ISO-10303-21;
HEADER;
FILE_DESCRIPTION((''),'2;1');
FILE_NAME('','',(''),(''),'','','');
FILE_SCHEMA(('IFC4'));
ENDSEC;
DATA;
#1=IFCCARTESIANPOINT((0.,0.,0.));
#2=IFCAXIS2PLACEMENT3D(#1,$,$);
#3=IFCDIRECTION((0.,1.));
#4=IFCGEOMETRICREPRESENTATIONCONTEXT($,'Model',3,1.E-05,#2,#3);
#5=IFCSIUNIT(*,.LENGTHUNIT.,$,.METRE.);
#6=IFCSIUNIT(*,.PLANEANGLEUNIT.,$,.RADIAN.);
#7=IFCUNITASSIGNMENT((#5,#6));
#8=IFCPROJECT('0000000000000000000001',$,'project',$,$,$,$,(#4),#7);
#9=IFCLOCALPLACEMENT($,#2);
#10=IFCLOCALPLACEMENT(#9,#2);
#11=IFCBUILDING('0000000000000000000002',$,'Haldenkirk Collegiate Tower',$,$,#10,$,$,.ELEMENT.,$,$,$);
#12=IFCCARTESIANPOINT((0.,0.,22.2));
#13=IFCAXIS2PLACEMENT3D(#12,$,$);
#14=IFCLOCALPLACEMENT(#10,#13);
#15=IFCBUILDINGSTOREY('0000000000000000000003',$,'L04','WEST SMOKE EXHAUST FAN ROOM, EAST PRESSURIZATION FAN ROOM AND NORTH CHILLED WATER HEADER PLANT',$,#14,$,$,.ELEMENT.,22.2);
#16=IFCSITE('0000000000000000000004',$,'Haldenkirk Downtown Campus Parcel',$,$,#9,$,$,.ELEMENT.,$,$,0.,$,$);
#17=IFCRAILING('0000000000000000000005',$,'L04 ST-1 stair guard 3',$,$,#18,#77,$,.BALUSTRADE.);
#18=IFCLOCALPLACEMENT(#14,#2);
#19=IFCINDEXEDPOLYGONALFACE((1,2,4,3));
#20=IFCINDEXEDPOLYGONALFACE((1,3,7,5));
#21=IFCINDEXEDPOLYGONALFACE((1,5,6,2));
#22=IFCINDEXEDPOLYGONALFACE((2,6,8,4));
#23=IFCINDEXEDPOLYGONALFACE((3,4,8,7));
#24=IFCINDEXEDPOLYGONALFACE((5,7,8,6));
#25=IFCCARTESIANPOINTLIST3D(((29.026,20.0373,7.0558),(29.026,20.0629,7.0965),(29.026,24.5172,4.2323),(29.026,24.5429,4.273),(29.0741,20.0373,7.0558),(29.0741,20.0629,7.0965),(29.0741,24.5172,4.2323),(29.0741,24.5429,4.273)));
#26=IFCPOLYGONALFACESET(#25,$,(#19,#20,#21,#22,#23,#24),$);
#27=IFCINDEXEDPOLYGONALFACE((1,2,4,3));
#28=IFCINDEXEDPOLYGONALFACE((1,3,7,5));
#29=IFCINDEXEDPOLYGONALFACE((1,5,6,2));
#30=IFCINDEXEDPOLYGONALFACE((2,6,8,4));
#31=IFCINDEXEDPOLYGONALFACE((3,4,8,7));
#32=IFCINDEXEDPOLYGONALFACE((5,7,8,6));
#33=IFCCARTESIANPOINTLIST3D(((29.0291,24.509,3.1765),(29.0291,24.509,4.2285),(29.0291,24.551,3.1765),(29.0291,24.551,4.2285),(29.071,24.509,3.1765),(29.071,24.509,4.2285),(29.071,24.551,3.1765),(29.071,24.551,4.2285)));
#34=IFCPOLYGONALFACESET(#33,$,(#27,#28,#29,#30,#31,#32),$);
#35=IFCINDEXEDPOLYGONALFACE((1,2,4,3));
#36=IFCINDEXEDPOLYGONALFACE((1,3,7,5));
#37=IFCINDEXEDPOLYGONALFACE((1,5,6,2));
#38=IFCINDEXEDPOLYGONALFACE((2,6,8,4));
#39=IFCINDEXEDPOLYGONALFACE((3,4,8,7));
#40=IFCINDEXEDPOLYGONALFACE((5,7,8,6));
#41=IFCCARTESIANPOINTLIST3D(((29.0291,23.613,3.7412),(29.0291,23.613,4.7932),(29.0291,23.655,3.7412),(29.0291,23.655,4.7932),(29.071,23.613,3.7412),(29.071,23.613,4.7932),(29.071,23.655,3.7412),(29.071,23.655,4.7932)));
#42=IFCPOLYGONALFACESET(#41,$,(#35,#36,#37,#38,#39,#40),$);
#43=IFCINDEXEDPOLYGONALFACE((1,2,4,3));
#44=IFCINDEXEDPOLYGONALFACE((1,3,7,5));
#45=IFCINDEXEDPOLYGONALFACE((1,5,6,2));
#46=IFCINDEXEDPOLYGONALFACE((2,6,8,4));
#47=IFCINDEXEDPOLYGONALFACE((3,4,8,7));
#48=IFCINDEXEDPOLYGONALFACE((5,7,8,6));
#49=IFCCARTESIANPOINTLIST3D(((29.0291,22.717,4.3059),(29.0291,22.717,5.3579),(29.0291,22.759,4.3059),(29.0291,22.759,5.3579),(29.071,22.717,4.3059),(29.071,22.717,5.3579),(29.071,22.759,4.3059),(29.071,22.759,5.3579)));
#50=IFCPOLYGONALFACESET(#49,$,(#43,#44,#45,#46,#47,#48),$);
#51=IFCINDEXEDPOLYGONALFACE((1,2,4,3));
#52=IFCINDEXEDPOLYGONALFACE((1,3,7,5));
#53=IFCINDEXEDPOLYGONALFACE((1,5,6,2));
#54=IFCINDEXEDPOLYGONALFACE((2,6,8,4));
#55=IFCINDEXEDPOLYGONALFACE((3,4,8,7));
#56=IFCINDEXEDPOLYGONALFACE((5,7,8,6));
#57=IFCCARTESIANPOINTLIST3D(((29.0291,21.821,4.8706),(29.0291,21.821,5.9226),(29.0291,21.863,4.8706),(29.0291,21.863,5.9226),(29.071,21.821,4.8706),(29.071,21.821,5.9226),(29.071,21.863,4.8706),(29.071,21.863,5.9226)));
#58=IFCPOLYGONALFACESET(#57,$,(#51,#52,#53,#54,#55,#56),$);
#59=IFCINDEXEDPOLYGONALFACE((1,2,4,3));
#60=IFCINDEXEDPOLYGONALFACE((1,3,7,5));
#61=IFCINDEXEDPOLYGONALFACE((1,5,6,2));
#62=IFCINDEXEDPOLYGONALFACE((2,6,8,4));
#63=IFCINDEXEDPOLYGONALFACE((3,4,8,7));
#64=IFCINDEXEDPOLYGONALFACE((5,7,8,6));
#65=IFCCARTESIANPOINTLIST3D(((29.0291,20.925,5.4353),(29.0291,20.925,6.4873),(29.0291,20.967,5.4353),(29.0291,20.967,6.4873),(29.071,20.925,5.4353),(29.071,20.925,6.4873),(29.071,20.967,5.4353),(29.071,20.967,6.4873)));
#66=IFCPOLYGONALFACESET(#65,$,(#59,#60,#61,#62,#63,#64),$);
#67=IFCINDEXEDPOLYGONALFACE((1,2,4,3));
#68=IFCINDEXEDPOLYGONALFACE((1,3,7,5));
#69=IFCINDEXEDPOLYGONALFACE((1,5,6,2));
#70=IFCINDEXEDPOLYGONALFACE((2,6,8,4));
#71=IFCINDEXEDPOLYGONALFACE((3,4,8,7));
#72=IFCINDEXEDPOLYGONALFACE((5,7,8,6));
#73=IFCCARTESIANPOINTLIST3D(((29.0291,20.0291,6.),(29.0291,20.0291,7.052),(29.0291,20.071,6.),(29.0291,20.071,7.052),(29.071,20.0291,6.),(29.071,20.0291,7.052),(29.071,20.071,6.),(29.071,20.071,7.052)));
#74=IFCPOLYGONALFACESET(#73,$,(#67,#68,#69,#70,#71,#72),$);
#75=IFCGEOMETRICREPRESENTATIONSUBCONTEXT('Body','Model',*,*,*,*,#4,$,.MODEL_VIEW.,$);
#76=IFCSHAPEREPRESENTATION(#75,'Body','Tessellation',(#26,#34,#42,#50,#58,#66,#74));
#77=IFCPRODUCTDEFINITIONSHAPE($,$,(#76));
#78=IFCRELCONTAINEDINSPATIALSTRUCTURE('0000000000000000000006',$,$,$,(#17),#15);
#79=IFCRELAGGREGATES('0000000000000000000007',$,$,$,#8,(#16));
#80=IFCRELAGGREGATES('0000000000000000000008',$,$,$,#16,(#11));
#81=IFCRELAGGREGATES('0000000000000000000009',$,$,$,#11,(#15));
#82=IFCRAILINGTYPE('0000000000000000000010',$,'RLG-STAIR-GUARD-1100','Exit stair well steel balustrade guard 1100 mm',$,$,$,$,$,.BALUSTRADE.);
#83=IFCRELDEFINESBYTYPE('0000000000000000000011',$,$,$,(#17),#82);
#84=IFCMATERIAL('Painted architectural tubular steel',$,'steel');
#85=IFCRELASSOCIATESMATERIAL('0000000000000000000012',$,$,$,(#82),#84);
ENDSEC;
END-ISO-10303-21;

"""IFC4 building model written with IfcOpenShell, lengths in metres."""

from ifc_helpers import new_model, si_unit, direction, frame, origin, origin_2d, place, context, subcontext, project, spatial, rectangle, extrude, material, type_object, element, save


model = new_model("IFC4")

# Units and contexts
model_context = context("Model", 3, precision=1e-05, world=origin(), true_north=direction((0.0, 1.0)))
body_context = subcontext(model_context, "Body", "Model", "MODEL_VIEW")
ifc_project = project(units=[si_unit("LENGTHUNIT", "METRE"), si_unit("PLANEANGLEUNIT", "RADIAN")], contexts=[model_context])

# Site, building, storey
site_placement = place(None, origin())
site = spatial("IfcSite", under=ifc_project, at=site_placement, Name="Haldenkirk Downtown Campus Parcel", CompositionType="ELEMENT", RefElevation=0.0)
building_placement = place(site_placement, origin())
building = spatial("IfcBuilding", under=site, at=building_placement, Name="Haldenkirk Collegiate Tower", CompositionType="ELEMENT")
storey_placement = place(building_placement, frame((0.0, 0.0, 22.2)))
storey = spatial("IfcBuildingStorey", under=building, at=storey_placement, Name="L04", Description="WEST SMOKE EXHAUST FAN ROOM, EAST PRESSURIZATION FAN ROOM AND NORTH CHILLED WATER HEADER PLANT", CompositionType="ELEMENT", Elevation=22.2)

# Railing
ifc_material_1 = material(Name="Painted architectural tubular steel", Category="steel")
railing_type = type_object("IfcRailingType", Name="RLG-STAIR-GUARD-1100", Description="Exit stair well steel balustrade guard 1100 mm", PredefinedType="BALUSTRADE", material=ifc_material_1)
railing_1_placement = place(storey_placement, frame((29.05, 24.53, 3.1765)))
element("IfcRailing", 1, at=railing_1_placement, inside=storey, type_object=railing_type, Name="L04 ST-1 stair guard 3", PredefinedType="BALUSTRADE", context=body_context, shape_type="SweptSolid", body=[
    extrude(rectangle(XDim=0.0481, YDim=0.0481, at=origin_2d()), frame((0.0, 0.0, 1.0762), z_axis=(0.0, -0.845998, 0.533186), x_axis=(1.0, 0.0, 0.0)), (0.0, 0.0, 1.0), 5.2954),
    extrude(rectangle(XDim=0.042, YDim=0.042, at=origin_2d()), origin(), (0.0, 0.0, 1.0), 1.052),
    extrude(rectangle(XDim=0.042, YDim=0.042, at=origin_2d()), frame((0.0, -0.896, 0.5647)), (0.0, 0.0, 1.0), 1.052),
    extrude(rectangle(XDim=0.042, YDim=0.042, at=origin_2d()), frame((0.0, -1.792, 1.1294)), (0.0, 0.0, 1.0), 1.052),
    extrude(rectangle(XDim=0.042, YDim=0.042, at=origin_2d()), frame((0.0, -2.688, 1.6941)), (0.0, 0.0, 1.0), 1.052),
    extrude(rectangle(XDim=0.042, YDim=0.042, at=origin_2d()), frame((0.0, -3.584, 2.2588)), (0.0, 0.0, 1.0), 1.052),
    extrude(rectangle(XDim=0.042, YDim=0.042, at=origin_2d()), frame((0.0, -4.48, 2.8235)), (0.0, 0.0, 1.0), 1.052),
])

save(model, "model.ifc")
